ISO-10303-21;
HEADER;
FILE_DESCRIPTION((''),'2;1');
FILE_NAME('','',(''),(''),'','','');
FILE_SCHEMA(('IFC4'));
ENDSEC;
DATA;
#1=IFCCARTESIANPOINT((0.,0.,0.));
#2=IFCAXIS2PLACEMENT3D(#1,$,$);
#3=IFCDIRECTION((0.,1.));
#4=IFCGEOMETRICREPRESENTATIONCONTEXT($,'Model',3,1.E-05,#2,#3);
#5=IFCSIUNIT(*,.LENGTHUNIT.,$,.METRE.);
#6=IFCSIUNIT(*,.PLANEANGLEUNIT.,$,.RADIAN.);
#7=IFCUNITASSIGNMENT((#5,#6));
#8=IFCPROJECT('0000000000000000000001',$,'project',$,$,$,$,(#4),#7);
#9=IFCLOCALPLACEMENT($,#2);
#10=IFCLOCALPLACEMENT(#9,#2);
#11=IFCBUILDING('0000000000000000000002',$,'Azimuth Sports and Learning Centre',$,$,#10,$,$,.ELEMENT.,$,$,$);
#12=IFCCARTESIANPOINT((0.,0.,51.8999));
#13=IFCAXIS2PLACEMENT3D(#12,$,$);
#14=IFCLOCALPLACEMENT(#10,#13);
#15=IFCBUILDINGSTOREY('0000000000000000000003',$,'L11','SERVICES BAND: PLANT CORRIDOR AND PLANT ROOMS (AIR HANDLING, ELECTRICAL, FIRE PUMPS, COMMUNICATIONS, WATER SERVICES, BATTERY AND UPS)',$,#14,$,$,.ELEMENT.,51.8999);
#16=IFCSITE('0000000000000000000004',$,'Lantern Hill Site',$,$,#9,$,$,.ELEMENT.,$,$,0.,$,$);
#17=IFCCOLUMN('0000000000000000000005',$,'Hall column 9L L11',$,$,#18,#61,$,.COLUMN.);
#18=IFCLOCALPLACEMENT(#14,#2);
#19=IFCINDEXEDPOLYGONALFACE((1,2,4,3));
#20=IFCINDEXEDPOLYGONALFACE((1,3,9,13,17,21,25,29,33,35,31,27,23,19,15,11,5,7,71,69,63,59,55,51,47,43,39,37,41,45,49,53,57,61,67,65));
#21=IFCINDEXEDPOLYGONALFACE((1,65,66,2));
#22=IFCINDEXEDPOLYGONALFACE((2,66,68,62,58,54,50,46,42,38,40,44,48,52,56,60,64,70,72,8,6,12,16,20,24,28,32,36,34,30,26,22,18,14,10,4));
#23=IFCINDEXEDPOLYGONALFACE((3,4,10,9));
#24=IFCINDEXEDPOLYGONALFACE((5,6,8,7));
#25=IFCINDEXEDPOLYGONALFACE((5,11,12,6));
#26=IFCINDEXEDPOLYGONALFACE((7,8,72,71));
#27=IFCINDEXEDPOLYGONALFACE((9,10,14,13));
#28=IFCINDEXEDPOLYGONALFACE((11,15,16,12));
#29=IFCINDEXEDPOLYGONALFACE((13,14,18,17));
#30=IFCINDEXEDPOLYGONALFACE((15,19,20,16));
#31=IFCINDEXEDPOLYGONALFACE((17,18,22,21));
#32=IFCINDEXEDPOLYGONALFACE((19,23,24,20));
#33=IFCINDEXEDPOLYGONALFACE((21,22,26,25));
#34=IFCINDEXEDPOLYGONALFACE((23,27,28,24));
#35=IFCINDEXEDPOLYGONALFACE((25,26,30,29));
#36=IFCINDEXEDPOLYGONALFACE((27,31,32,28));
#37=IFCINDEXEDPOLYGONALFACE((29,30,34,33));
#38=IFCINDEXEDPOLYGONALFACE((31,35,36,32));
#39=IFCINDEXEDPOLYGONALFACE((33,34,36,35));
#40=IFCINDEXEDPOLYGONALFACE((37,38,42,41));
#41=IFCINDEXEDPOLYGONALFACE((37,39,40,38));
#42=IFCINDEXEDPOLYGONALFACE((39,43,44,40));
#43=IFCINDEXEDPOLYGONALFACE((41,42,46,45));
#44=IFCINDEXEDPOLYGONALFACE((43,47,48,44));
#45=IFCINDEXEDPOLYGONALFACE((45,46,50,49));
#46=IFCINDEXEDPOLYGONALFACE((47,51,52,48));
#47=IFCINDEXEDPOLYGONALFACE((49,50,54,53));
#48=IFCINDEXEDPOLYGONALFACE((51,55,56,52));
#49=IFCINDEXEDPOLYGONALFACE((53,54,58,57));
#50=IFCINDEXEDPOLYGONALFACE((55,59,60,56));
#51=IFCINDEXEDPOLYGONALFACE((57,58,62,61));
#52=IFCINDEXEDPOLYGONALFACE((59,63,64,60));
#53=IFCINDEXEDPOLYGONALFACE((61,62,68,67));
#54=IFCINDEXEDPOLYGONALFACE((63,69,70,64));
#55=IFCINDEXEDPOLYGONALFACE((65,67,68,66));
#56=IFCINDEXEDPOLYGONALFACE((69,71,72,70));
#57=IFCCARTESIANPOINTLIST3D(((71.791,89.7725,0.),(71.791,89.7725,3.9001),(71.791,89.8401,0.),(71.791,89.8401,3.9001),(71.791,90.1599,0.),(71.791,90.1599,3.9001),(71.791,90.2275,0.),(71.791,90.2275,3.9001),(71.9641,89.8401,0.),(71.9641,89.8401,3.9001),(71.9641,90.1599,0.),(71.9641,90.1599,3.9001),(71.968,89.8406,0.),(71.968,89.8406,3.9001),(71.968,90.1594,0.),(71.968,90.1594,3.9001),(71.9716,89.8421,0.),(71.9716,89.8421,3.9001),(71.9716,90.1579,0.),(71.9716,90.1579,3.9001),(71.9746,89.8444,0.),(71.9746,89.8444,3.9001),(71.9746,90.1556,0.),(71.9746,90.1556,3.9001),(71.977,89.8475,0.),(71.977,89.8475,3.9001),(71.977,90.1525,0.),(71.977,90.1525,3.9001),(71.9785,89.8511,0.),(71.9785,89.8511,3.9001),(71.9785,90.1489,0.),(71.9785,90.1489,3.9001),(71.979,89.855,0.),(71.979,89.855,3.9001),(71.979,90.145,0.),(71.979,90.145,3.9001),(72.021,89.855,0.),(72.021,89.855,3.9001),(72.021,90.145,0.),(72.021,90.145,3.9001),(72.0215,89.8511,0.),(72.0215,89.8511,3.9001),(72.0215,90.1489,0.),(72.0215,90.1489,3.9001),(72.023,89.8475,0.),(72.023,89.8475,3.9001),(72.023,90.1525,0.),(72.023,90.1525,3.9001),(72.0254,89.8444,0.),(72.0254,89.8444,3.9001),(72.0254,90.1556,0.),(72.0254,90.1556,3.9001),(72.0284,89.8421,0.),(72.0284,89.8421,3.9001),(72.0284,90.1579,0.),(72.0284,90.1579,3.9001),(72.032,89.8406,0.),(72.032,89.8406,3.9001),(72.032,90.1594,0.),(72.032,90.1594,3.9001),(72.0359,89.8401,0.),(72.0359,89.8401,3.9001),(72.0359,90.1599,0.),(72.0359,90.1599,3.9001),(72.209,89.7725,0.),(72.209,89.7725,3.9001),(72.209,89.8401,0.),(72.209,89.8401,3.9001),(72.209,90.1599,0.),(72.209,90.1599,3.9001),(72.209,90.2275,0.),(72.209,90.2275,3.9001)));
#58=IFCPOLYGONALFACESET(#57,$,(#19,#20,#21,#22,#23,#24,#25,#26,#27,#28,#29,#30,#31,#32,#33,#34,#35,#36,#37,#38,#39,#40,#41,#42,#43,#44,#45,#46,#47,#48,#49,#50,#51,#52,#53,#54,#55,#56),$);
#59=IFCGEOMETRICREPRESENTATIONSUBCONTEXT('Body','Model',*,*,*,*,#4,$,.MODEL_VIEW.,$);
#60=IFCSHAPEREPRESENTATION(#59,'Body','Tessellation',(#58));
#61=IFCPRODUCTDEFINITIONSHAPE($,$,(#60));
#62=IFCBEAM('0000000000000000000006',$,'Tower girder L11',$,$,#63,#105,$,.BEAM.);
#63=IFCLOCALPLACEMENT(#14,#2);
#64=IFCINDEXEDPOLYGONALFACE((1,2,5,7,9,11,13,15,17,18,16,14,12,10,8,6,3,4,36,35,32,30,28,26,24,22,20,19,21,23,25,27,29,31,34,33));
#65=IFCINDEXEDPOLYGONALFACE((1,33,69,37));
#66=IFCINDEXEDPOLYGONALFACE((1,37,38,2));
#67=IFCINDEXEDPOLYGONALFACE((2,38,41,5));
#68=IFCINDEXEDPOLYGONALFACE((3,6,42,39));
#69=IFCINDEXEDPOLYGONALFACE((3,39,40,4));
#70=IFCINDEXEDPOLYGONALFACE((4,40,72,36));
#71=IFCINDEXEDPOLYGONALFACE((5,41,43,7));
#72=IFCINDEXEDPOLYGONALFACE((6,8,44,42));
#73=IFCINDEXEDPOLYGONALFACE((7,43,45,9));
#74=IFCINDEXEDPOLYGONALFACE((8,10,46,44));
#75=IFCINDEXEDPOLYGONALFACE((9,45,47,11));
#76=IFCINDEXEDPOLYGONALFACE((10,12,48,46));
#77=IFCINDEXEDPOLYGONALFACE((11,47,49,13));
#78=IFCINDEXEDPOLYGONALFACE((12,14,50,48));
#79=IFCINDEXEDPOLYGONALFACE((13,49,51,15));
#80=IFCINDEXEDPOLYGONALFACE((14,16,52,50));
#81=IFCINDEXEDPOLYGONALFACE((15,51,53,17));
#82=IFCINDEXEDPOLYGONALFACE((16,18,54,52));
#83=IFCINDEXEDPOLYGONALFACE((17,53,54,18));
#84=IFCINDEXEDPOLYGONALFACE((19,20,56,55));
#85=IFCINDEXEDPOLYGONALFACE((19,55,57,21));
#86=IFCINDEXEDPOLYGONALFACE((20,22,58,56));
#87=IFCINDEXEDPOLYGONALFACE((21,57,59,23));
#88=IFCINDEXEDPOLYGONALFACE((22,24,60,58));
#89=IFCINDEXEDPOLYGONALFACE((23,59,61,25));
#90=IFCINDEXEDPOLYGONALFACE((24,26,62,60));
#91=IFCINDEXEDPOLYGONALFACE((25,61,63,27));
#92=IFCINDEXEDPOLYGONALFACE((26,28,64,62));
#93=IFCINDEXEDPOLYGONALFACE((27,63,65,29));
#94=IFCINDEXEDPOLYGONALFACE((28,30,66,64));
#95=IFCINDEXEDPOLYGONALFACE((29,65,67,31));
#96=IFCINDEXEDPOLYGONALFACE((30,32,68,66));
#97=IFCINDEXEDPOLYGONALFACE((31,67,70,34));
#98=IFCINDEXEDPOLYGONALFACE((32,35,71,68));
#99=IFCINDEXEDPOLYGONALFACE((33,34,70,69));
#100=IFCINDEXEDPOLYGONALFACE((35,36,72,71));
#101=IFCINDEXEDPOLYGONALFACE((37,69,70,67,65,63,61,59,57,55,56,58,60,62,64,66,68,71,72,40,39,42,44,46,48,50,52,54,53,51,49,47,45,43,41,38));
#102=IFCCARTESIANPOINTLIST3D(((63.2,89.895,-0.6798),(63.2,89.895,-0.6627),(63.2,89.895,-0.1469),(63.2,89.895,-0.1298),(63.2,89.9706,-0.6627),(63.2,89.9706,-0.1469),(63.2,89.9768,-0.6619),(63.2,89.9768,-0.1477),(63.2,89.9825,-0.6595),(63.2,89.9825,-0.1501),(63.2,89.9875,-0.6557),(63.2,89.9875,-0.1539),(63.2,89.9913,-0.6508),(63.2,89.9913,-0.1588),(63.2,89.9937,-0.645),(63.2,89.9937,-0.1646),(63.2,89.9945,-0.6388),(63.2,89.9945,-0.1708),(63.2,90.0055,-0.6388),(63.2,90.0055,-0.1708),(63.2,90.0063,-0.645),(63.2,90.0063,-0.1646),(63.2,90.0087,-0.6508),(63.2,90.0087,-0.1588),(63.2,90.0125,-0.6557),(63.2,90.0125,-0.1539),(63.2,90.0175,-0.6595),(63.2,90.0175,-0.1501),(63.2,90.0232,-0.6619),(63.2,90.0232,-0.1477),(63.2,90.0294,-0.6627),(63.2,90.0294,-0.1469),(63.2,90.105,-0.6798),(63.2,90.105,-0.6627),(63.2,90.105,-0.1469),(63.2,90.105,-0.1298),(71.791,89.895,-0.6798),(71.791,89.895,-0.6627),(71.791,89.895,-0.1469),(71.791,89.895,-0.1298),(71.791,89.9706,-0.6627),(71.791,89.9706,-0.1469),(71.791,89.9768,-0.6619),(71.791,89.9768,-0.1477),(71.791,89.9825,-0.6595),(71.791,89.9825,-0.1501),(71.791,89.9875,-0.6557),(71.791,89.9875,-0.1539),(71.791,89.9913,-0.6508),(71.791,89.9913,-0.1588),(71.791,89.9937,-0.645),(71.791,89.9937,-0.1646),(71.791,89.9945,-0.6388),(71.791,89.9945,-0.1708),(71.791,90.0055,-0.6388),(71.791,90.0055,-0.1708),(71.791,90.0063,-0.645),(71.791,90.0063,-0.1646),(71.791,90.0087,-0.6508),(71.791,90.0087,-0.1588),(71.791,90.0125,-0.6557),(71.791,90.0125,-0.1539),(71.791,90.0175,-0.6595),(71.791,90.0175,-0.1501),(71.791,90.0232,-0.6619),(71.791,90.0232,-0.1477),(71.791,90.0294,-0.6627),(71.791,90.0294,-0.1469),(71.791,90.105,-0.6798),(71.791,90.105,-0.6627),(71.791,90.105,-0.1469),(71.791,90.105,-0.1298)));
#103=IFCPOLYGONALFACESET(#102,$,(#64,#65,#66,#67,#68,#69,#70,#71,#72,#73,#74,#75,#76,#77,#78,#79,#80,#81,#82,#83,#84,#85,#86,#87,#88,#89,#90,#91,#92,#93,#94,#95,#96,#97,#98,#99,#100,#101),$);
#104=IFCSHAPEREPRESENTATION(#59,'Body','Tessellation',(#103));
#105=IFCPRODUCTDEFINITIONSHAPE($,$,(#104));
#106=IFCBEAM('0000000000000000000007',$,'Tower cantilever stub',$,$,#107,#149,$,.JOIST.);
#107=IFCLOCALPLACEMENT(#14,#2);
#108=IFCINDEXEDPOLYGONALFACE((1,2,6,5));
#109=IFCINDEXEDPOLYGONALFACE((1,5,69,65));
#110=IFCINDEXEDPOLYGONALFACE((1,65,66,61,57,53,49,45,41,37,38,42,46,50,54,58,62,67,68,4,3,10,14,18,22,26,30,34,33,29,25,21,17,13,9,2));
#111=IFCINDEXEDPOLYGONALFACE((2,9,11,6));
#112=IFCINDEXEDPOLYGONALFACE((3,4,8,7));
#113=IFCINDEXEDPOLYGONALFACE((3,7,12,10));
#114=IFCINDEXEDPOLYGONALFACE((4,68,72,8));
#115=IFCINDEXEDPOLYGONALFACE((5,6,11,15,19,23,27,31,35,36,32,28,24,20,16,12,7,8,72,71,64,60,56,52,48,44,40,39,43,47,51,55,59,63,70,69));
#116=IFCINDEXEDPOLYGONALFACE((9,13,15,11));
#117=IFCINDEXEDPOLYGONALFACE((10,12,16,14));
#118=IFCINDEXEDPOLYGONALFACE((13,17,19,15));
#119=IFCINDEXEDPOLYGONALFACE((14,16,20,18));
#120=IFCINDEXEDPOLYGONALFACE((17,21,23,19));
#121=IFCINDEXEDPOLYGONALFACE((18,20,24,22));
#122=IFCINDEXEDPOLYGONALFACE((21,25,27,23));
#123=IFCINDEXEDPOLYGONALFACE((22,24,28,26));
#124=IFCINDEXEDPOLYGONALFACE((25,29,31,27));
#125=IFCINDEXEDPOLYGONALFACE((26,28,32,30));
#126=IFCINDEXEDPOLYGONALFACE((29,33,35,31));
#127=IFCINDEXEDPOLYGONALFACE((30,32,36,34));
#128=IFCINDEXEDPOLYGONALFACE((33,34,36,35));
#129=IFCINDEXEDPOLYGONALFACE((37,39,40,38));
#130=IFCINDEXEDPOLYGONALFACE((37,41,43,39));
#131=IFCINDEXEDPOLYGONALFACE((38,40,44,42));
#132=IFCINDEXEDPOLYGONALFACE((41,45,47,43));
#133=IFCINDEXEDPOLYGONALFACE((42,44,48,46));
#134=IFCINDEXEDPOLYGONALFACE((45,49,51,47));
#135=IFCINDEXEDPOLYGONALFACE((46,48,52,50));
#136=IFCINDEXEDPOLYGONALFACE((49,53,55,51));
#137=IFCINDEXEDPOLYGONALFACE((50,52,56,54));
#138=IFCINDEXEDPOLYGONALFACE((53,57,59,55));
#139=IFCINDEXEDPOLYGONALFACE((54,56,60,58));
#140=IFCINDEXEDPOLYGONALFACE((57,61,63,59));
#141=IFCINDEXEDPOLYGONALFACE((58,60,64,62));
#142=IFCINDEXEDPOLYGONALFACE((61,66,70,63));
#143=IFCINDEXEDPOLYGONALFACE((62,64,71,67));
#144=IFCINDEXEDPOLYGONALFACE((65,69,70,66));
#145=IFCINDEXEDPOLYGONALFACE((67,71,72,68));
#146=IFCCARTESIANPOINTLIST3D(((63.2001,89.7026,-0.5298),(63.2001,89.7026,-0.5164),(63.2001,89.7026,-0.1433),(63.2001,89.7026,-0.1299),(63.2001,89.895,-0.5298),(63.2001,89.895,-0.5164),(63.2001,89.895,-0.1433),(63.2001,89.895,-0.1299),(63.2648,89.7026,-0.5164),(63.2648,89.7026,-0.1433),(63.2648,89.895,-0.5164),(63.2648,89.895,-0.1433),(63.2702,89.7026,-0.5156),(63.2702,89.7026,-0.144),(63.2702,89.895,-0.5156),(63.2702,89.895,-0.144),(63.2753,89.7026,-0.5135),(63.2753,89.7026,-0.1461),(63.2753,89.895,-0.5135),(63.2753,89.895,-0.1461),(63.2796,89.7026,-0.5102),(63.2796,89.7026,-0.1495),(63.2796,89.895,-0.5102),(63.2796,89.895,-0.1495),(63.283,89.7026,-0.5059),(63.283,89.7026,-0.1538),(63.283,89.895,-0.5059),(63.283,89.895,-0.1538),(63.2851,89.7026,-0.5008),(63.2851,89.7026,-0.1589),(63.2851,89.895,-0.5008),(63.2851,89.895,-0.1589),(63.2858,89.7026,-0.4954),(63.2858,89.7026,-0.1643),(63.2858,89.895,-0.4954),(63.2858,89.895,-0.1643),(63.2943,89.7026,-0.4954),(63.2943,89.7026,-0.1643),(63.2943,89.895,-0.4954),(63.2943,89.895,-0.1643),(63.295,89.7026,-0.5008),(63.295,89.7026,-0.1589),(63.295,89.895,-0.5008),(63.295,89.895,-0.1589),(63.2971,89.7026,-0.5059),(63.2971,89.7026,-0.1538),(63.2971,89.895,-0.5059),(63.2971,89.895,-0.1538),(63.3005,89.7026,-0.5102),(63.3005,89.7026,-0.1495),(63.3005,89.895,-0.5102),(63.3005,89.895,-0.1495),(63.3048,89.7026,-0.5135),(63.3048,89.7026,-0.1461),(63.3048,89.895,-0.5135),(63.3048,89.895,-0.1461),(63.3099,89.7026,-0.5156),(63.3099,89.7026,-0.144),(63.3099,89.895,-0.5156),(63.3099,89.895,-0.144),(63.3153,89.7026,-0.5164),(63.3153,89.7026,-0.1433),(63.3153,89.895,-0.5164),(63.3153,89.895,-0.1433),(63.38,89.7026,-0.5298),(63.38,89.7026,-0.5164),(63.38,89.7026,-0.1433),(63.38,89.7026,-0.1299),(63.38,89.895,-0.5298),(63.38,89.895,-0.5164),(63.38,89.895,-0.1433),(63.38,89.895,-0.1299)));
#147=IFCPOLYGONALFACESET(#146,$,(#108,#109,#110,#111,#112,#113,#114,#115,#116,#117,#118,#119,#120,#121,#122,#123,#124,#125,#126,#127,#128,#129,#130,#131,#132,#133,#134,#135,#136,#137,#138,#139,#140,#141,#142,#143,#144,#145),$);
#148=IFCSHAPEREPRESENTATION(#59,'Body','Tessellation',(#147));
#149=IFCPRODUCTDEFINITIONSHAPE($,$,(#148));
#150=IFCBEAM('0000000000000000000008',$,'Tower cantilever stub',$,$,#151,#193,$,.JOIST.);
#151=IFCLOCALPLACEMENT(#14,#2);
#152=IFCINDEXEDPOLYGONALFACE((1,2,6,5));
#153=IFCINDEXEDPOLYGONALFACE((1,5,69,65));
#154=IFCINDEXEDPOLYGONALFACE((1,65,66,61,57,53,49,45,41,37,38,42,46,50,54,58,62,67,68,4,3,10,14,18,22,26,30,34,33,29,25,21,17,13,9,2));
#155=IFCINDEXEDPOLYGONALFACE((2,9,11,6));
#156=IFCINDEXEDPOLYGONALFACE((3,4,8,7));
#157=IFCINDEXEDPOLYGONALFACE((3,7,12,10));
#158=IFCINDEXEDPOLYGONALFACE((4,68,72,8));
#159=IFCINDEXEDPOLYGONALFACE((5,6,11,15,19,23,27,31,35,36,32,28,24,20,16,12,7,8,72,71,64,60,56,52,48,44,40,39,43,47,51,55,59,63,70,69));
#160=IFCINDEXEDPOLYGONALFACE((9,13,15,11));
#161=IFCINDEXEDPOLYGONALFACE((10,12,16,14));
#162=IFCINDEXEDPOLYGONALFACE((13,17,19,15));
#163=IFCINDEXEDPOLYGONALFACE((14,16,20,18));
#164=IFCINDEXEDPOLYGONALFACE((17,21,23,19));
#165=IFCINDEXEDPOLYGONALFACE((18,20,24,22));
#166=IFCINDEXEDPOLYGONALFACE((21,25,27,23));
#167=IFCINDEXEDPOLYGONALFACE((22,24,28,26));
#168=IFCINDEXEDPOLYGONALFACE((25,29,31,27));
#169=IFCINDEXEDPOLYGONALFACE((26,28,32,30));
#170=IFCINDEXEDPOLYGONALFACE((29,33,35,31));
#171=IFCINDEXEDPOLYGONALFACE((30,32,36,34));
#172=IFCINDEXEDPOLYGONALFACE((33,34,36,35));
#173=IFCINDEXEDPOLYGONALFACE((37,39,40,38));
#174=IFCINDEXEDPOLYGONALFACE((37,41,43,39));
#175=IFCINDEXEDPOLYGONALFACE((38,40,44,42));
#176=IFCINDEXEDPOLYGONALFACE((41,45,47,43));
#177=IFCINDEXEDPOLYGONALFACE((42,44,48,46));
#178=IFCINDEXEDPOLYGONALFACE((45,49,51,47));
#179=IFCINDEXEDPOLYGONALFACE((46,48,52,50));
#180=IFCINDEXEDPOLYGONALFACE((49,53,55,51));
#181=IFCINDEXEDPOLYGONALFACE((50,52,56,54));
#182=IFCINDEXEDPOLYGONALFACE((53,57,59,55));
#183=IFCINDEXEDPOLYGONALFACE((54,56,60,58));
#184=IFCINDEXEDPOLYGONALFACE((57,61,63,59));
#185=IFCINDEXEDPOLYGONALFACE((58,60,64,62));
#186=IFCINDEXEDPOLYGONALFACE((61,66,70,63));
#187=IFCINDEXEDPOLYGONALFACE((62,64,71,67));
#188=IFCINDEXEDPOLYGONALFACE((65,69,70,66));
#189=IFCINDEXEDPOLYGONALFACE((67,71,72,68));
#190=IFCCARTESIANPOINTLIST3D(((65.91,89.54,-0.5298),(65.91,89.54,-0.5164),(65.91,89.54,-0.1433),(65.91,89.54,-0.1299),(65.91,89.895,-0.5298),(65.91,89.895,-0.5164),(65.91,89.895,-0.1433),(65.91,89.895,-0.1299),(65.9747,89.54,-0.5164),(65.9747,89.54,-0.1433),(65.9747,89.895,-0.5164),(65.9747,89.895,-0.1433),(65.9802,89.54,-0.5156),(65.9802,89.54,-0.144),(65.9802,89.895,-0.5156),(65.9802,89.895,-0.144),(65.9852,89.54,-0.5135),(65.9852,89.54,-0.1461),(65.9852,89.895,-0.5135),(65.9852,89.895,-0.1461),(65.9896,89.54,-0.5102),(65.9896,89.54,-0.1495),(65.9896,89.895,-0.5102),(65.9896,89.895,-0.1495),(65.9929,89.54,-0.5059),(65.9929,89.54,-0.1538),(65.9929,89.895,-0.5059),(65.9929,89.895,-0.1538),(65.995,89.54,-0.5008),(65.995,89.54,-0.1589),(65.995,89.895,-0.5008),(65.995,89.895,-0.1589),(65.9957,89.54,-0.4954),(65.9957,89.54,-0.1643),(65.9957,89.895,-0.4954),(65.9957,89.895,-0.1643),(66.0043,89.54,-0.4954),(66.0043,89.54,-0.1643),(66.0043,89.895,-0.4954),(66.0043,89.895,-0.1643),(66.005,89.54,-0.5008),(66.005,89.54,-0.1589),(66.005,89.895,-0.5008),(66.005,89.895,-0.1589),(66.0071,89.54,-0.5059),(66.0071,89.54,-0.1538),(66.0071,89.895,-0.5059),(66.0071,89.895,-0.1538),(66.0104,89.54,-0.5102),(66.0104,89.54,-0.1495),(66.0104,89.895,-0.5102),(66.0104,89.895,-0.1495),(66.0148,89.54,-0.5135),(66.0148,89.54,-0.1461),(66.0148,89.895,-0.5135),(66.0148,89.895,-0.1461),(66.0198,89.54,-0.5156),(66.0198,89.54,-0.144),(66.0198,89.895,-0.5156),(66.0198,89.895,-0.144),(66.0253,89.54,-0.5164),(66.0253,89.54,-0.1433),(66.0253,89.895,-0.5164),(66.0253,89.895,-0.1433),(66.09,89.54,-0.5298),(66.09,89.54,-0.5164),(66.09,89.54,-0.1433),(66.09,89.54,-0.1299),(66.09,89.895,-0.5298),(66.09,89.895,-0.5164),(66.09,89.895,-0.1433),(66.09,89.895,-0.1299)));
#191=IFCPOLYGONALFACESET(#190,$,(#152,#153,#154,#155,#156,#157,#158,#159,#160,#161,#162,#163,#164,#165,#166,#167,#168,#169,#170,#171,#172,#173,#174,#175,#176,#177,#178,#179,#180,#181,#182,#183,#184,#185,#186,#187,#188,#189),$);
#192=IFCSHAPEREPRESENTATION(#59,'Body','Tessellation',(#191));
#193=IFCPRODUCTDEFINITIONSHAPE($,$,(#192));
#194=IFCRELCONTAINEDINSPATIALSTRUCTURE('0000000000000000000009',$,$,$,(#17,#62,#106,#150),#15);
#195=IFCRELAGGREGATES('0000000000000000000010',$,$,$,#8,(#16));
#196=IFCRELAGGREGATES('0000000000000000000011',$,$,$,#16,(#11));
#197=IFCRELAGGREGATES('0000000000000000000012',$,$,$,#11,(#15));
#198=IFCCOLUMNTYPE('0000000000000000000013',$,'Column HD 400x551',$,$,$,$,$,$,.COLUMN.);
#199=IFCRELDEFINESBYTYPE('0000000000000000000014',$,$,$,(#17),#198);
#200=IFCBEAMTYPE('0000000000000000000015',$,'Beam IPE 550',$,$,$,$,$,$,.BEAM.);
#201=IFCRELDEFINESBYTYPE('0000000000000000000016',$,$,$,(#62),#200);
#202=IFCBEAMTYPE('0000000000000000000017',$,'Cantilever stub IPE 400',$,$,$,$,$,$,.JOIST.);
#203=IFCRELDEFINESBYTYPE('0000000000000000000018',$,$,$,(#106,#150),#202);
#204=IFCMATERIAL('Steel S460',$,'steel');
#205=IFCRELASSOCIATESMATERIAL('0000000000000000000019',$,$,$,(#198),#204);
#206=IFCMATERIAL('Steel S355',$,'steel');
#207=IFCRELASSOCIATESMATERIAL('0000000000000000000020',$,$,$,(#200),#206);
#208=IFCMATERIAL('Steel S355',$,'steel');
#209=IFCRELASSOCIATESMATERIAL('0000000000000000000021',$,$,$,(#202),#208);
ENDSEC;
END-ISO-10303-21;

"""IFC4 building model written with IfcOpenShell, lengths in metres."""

from ifc_helpers import new_model, si_unit, direction, frame, origin, origin_2d, place, context, subcontext, project, spatial, i_section, extrude, material, material_profile, profile_set, type_object, element, save


model = new_model("IFC4")

# Units and contexts
model_context = context("Model", 3, precision=1e-05, world=origin(), true_north=direction((0.0, 1.0)))
body_context = subcontext(model_context, "Body", "Model", "MODEL_VIEW")
ifc_project = project(units=[si_unit("LENGTHUNIT", "METRE"), si_unit("PLANEANGLEUNIT", "RADIAN")], contexts=[model_context])

# Site, building, storey
site_placement = place(None, origin())
site = spatial("IfcSite", under=ifc_project, at=site_placement, Name="Lantern Hill Site", CompositionType="ELEMENT", RefElevation=0.0)
building_placement = place(site_placement, origin())
building = spatial("IfcBuilding", under=site, at=building_placement, Name="Azimuth Sports and Learning Centre", CompositionType="ELEMENT")
storey_placement = place(building_placement, frame((0.0, 0.0, 51.8999)))
storey = spatial("IfcBuildingStorey", under=building, at=storey_placement, Name="L11", Description="SERVICES BAND: PLANT CORRIDOR AND PLANT ROOMS (AIR HANDLING, ELECTRICAL, FIRE PUMPS, COMMUNICATIONS, WATER SERVICES, BATTERY AND UPS)", CompositionType="ELEMENT", Elevation=51.8999)

# Column
ifc_material_1 = material(Name="Steel S460", Category="steel")
ifc_material_profile_1 = material_profile(ifc_material_1, i_section(OverallWidth=0.418, OverallDepth=0.4551, WebThickness=0.042, FlangeThickness=0.0676, FilletRadius=0.0149, at=origin_2d()), Name="HD 400x551")
ifc_profile_set_1 = profile_set([ifc_material_profile_1], Name="Steel S460")
column_type = type_object("IfcColumnType", Name="Column HD 400x551", PredefinedType="COLUMN", material=ifc_profile_set_1)
column_placement = place(storey_placement, frame((72.0, 90.0, 0.0), z_axis=(0.0, 0.0, 1.0), x_axis=(1.0, 0.0, 0.0)))
element("IfcColumn", 1, at=column_placement, inside=storey, type_object=column_type, Name="Hall column 9L L11", PredefinedType="COLUMN", context=body_context, shape_type="SweptSolid", body=[
    extrude(i_section(OverallWidth=0.418, OverallDepth=0.4551, WebThickness=0.042, FlangeThickness=0.0676, FilletRadius=0.0149, at=origin_2d()), origin(), (0.0, 0.0, 1.0), 3.9001),
])

# Beams
ifc_material_2 = material(Name="Steel S355", Category="steel")
ifc_material_profile_2 = material_profile(ifc_material_2, i_section(OverallWidth=0.21, OverallDepth=0.55, WebThickness=0.011, FlangeThickness=0.0171, FilletRadius=0.0239, at=origin_2d()), Name="IPE 550")
ifc_profile_set_2 = profile_set([ifc_material_profile_2], Name="Steel S355")
beam_type_1 = type_object("IfcBeamType", Name="Beam IPE 550", PredefinedType="BEAM", material=ifc_profile_set_2)
beam_1_placement = place(storey_placement, frame((63.2, 90.0, -0.4048), z_axis=(1.0, 0.0, 0.0), x_axis=(0.0, 1.0, 0.0)))
element("IfcBeam", 2, at=beam_1_placement, inside=storey, type_object=beam_type_1, Name="Tower girder L11", PredefinedType="BEAM", context=body_context, shape_type="SweptSolid", body=[
    extrude(i_section(OverallWidth=0.21, OverallDepth=0.55, WebThickness=0.011, FlangeThickness=0.0171, FilletRadius=0.0239, at=origin_2d()), origin(), (0.0, 0.0, 1.0), 8.5911),
])
ifc_material_3 = material(Name="Steel S355", Category="steel")
ifc_material_profile_3 = material_profile(ifc_material_3, i_section(OverallWidth=0.1799, OverallDepth=0.3999, WebThickness=0.0085, FlangeThickness=0.0134, FilletRadius=0.021, at=origin_2d()), Name="IPE 400")
ifc_profile_set_3 = profile_set([ifc_material_profile_3], Name="Steel S355")
beam_type_2 = type_object("IfcBeamType", Name="Cantilever stub IPE 400", PredefinedType="JOIST", material=ifc_profile_set_3)
beam_2_placement = place(storey_placement, frame((63.29, 89.895, -0.3298), z_axis=(0.0, -1.0, 0.0), x_axis=(1.0, 0.0, 0.0)))
element("IfcBeam", 3, at=beam_2_placement, inside=storey, type_object=beam_type_2, Name="Tower cantilever stub", PredefinedType="JOIST", context=body_context, shape_type="SweptSolid", body=[
    extrude(i_section(OverallWidth=0.1799, OverallDepth=0.3999, WebThickness=0.0085, FlangeThickness=0.0134, FilletRadius=0.021, at=origin_2d()), origin(), (0.0, 0.0, 1.0), 0.1924),
])
beam_3_placement = place(storey_placement, frame((66.0, 89.895, -0.3298), z_axis=(0.0, -1.0, 0.0), x_axis=(1.0, 0.0, 0.0)))
element("IfcBeam", 4, at=beam_3_placement, inside=storey, type_object=beam_type_2, Name="Tower cantilever stub", PredefinedType="JOIST", context=body_context, shape_type="SweptSolid", body=[
    extrude(i_section(OverallWidth=0.1799, OverallDepth=0.3999, WebThickness=0.0085, FlangeThickness=0.0134, FilletRadius=0.021, at=origin_2d()), origin(), (0.0, 0.0, 1.0), 0.355),
])

save(model, "model.ifc")
